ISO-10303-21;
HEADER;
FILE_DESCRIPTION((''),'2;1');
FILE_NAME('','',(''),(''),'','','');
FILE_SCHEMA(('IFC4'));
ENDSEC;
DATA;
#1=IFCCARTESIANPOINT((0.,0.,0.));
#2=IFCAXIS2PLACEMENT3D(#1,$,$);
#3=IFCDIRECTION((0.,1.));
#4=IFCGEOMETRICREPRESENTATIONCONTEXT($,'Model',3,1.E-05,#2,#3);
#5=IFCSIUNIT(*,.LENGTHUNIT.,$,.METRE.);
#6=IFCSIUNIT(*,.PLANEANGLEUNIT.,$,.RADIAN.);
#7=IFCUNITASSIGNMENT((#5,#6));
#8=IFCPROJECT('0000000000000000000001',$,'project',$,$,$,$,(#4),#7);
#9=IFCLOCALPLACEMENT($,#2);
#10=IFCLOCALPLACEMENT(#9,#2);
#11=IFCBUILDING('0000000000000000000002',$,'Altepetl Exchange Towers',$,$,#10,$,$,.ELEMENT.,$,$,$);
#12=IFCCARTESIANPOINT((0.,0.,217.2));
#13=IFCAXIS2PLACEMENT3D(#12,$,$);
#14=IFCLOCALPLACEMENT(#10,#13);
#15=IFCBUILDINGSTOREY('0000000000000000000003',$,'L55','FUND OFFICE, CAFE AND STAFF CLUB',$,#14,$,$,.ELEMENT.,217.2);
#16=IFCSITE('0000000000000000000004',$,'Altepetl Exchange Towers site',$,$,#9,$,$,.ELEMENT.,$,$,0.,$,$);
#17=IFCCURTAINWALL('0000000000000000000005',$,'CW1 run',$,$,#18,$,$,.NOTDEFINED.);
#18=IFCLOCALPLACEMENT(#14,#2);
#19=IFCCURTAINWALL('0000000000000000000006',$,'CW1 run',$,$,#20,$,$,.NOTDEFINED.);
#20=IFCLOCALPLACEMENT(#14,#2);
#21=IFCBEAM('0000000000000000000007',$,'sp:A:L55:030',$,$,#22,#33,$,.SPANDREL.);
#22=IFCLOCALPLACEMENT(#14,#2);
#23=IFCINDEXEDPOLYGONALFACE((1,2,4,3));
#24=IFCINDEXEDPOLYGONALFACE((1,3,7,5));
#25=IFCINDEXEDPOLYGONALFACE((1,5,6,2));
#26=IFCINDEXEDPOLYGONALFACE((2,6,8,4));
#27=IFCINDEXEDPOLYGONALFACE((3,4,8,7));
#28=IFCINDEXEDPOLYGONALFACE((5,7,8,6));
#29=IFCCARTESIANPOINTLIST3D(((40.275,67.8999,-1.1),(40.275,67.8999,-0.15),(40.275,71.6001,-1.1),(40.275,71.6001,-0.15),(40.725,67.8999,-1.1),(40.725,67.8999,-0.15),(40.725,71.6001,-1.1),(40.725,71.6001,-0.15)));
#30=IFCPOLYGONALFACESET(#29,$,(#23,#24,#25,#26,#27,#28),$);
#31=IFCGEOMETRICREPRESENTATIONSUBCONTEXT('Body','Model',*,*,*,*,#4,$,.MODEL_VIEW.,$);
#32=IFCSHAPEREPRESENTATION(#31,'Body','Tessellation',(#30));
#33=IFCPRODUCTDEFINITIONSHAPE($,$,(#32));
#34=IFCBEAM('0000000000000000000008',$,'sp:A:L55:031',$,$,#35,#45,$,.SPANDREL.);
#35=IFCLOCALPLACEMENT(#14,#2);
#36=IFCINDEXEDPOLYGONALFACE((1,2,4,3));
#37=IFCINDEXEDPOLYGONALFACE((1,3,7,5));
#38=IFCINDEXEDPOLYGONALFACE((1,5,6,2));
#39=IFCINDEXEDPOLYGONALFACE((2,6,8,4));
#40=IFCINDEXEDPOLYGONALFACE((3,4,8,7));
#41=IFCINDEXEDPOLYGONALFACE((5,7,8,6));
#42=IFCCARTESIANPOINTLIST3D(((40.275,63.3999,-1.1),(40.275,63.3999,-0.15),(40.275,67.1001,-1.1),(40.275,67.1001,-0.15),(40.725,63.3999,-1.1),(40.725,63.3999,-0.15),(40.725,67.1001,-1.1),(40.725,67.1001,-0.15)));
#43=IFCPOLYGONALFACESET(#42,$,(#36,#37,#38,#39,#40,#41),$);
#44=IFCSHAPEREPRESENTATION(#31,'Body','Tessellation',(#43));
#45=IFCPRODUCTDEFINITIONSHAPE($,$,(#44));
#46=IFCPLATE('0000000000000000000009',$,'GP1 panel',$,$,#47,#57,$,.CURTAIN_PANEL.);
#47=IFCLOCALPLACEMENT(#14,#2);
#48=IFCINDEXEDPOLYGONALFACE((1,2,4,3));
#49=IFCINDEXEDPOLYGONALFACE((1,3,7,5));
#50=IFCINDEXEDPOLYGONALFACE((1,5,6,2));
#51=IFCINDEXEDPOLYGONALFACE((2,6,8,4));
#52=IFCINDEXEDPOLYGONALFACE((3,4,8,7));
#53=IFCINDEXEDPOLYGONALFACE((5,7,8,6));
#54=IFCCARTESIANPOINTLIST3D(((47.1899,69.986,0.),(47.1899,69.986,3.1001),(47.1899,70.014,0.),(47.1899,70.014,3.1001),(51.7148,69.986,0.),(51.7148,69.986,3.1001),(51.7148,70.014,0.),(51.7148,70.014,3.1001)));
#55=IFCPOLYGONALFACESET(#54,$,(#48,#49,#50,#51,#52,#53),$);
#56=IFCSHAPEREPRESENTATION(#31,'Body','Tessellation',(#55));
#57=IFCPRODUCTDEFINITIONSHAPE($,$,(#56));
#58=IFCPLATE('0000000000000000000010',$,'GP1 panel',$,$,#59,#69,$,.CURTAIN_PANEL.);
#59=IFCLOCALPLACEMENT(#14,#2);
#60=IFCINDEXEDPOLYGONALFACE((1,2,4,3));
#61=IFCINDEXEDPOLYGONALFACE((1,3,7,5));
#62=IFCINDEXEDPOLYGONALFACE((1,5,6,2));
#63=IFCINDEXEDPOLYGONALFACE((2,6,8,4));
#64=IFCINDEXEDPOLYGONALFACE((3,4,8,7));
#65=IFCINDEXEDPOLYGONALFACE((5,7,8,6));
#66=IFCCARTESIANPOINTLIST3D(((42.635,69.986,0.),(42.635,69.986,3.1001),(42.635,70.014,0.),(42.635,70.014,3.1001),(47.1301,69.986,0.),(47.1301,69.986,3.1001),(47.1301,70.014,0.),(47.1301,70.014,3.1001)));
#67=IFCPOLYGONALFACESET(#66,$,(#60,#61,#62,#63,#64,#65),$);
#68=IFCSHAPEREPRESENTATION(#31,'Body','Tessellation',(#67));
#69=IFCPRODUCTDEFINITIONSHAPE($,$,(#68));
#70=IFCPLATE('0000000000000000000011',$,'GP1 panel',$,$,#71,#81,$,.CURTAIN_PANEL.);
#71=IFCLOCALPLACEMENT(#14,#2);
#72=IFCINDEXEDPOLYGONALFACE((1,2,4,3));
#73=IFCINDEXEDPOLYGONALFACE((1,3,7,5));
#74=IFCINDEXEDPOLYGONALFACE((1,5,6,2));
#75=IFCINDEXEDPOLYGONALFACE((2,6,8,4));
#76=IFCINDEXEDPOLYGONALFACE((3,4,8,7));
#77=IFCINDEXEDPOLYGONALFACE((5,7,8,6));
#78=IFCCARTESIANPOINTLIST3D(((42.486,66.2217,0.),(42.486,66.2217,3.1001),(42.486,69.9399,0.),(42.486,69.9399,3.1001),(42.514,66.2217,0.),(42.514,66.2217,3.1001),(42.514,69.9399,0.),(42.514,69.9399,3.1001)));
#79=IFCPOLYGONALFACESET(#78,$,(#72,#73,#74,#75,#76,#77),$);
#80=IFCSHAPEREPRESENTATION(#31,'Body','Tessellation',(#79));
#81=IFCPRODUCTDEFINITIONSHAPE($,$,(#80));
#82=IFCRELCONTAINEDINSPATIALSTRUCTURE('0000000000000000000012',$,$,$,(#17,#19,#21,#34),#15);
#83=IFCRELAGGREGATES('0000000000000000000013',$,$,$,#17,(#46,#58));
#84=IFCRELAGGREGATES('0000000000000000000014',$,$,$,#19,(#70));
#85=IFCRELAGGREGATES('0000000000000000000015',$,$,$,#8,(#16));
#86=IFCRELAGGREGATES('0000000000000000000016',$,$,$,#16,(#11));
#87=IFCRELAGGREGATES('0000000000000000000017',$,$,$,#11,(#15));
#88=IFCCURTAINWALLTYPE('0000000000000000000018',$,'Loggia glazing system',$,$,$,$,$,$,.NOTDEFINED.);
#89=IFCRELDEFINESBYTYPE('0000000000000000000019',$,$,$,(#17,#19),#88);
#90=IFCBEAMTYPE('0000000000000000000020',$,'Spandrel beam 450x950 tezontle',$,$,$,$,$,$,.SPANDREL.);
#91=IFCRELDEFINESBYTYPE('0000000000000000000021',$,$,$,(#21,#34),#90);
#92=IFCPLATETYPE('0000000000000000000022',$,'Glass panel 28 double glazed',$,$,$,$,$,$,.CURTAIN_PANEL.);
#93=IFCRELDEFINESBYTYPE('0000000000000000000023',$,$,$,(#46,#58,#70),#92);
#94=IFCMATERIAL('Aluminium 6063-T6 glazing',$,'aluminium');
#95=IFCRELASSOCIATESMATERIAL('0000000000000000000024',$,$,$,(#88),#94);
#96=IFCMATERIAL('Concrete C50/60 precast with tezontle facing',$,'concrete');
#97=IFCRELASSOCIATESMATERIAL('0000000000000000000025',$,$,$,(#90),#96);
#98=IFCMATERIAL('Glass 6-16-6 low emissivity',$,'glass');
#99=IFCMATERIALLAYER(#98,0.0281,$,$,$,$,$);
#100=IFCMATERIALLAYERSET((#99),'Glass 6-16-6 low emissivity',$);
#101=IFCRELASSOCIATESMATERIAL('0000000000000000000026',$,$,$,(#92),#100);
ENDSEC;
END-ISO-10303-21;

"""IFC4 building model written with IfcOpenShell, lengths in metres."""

from ifc_helpers import new_model, si_unit, direction, frame, origin, origin_2d, place, context, subcontext, project, spatial, rectangle, extrude, material, layer, layer_set, material_profile, profile_set, type_object, element, aggregate, save


model = new_model("IFC4")

# Units and contexts
model_context = context("Model", 3, precision=1e-05, world=origin(), true_north=direction((0.0, 1.0)))
body_context = subcontext(model_context, "Body", "Model", "MODEL_VIEW")
ifc_project = project(units=[si_unit("LENGTHUNIT", "METRE"), si_unit("PLANEANGLEUNIT", "RADIAN")], contexts=[model_context])

# Site, building, storey
site_placement = place(None, origin())
site = spatial("IfcSite", under=ifc_project, at=site_placement, Name="Altepetl Exchange Towers site", CompositionType="ELEMENT", RefElevation=0.0)
building_placement = place(site_placement, origin())
building = spatial("IfcBuilding", under=site, at=building_placement, Name="Altepetl Exchange Towers", CompositionType="ELEMENT")
storey_placement = place(building_placement, frame((0.0, 0.0, 217.2)))
storey = spatial("IfcBuildingStorey", under=building, at=storey_placement, Name="L55", Description="FUND OFFICE, CAFE AND STAFF CLUB", CompositionType="ELEMENT", Elevation=217.2)

# Curtain walls
ifc_material_1 = material(Name="Aluminium 6063-T6 glazing", Category="aluminium")
curtain_wall_type = type_object("IfcCurtainWallType", Name="Loggia glazing system", PredefinedType="NOTDEFINED", material=ifc_material_1)
curtain_wall_1_placement = place(storey_placement, origin())
curtain_wall_1 = element("IfcCurtainWall", 1, at=curtain_wall_1_placement, inside=storey, type_object=curtain_wall_type, Name="CW1 run", PredefinedType="NOTDEFINED")
curtain_wall_2_placement = place(storey_placement, origin())
curtain_wall_2 = element("IfcCurtainWall", 2, at=curtain_wall_2_placement, inside=storey, type_object=curtain_wall_type, Name="CW1 run", PredefinedType="NOTDEFINED")

# Beams
ifc_material_2 = material(Name="Concrete C50/60 precast with tezontle facing", Category="concrete")
ifc_material_profile_1 = material_profile(ifc_material_2, rectangle(XDim=0.45, YDim=0.95, at=origin_2d()), Name="450 x 950")
ifc_profile_set_1 = profile_set([ifc_material_profile_1], Name="Concrete C50/60 precast with tezontle facing")
beam_type_1 = type_object("IfcBeamType", Name="Spandrel beam 450x950 tezontle", PredefinedType="SPANDREL", material=ifc_profile_set_1)
for number, where, z_axis, x_axis, name in (
    (3, (40.5, 71.6001, -0.625), (0.0, -1.0, 0.0), (1.0, 0.0, 0.0), "sp:A:L55:030"),
    (4, (40.5, 67.1001, -0.625), (0.0, -1.0, 0.0), (1.0, 0.0, 0.0), "sp:A:L55:031"),
):
    element("IfcBeam", number, at=place(storey_placement, frame(where, z_axis=z_axis, x_axis=x_axis)), inside=storey, type_object=beam_type_1, Name=name, PredefinedType="SPANDREL", context=body_context, shape_type="SweptSolid", body=[
        extrude(rectangle(XDim=0.45, YDim=0.95, at=origin_2d()), origin(), (0.0, 0.0, 1.0), 3.7002),
    ])

# Plates
ifc_material_3 = material(Name="Glass 6-16-6 low emissivity", Category="glass")
ifc_layer = layer(ifc_material_3, 0.0281)
ifc_layer_set = layer_set([ifc_layer], Name="Glass 6-16-6 low emissivity")
plate_type = type_object("IfcPlateType", Name="Glass panel 28 double glazed", PredefinedType="CURTAIN_PANEL", material=ifc_layer_set)
plate_1_placement = place(storey_placement, frame((49.4524, 70.0, 0.0), z_axis=(0.0, 0.0, 1.0), x_axis=(-1.0, 0.0, 0.0)))
plate_1 = element("IfcPlate", 5, at=plate_1_placement, type_object=plate_type, Name="GP1 panel", PredefinedType="CURTAIN_PANEL", context=body_context, shape_type="SweptSolid", body=[
    extrude(rectangle(XDim=4.5249, YDim=0.0281, at=origin_2d()), origin(), (0.0, 0.0, 1.0), 3.1001),
])
plate_2_placement = place(storey_placement, frame((44.8826, 70.0, 0.0), z_axis=(0.0, 0.0, 1.0), x_axis=(-1.0, 0.0, 0.0)))
plate_2 = element("IfcPlate", 6, at=plate_2_placement, type_object=plate_type, Name="GP1 panel", PredefinedType="CURTAIN_PANEL", context=body_context, shape_type="SweptSolid", body=[
    extrude(rectangle(XDim=4.4951, YDim=0.0281, at=origin_2d()), origin(), (0.0, 0.0, 1.0), 3.1001),
])
aggregate(curtain_wall_1, [plate_1, plate_2])
plate_3_placement = place(storey_placement, frame((42.5, 68.0808, 0.0), z_axis=(0.0, 0.0, 1.0), x_axis=(0.0, -1.0, 0.0)))
plate_3 = element("IfcPlate", 7, at=plate_3_placement, type_object=plate_type, Name="GP1 panel", PredefinedType="CURTAIN_PANEL", context=body_context, shape_type="SweptSolid", body=[
    extrude(rectangle(XDim=3.7183, YDim=0.0281, at=origin_2d()), origin(), (0.0, 0.0, 1.0), 3.1001),
])
aggregate(curtain_wall_2, [plate_3])

save(model, "model.ifc")
